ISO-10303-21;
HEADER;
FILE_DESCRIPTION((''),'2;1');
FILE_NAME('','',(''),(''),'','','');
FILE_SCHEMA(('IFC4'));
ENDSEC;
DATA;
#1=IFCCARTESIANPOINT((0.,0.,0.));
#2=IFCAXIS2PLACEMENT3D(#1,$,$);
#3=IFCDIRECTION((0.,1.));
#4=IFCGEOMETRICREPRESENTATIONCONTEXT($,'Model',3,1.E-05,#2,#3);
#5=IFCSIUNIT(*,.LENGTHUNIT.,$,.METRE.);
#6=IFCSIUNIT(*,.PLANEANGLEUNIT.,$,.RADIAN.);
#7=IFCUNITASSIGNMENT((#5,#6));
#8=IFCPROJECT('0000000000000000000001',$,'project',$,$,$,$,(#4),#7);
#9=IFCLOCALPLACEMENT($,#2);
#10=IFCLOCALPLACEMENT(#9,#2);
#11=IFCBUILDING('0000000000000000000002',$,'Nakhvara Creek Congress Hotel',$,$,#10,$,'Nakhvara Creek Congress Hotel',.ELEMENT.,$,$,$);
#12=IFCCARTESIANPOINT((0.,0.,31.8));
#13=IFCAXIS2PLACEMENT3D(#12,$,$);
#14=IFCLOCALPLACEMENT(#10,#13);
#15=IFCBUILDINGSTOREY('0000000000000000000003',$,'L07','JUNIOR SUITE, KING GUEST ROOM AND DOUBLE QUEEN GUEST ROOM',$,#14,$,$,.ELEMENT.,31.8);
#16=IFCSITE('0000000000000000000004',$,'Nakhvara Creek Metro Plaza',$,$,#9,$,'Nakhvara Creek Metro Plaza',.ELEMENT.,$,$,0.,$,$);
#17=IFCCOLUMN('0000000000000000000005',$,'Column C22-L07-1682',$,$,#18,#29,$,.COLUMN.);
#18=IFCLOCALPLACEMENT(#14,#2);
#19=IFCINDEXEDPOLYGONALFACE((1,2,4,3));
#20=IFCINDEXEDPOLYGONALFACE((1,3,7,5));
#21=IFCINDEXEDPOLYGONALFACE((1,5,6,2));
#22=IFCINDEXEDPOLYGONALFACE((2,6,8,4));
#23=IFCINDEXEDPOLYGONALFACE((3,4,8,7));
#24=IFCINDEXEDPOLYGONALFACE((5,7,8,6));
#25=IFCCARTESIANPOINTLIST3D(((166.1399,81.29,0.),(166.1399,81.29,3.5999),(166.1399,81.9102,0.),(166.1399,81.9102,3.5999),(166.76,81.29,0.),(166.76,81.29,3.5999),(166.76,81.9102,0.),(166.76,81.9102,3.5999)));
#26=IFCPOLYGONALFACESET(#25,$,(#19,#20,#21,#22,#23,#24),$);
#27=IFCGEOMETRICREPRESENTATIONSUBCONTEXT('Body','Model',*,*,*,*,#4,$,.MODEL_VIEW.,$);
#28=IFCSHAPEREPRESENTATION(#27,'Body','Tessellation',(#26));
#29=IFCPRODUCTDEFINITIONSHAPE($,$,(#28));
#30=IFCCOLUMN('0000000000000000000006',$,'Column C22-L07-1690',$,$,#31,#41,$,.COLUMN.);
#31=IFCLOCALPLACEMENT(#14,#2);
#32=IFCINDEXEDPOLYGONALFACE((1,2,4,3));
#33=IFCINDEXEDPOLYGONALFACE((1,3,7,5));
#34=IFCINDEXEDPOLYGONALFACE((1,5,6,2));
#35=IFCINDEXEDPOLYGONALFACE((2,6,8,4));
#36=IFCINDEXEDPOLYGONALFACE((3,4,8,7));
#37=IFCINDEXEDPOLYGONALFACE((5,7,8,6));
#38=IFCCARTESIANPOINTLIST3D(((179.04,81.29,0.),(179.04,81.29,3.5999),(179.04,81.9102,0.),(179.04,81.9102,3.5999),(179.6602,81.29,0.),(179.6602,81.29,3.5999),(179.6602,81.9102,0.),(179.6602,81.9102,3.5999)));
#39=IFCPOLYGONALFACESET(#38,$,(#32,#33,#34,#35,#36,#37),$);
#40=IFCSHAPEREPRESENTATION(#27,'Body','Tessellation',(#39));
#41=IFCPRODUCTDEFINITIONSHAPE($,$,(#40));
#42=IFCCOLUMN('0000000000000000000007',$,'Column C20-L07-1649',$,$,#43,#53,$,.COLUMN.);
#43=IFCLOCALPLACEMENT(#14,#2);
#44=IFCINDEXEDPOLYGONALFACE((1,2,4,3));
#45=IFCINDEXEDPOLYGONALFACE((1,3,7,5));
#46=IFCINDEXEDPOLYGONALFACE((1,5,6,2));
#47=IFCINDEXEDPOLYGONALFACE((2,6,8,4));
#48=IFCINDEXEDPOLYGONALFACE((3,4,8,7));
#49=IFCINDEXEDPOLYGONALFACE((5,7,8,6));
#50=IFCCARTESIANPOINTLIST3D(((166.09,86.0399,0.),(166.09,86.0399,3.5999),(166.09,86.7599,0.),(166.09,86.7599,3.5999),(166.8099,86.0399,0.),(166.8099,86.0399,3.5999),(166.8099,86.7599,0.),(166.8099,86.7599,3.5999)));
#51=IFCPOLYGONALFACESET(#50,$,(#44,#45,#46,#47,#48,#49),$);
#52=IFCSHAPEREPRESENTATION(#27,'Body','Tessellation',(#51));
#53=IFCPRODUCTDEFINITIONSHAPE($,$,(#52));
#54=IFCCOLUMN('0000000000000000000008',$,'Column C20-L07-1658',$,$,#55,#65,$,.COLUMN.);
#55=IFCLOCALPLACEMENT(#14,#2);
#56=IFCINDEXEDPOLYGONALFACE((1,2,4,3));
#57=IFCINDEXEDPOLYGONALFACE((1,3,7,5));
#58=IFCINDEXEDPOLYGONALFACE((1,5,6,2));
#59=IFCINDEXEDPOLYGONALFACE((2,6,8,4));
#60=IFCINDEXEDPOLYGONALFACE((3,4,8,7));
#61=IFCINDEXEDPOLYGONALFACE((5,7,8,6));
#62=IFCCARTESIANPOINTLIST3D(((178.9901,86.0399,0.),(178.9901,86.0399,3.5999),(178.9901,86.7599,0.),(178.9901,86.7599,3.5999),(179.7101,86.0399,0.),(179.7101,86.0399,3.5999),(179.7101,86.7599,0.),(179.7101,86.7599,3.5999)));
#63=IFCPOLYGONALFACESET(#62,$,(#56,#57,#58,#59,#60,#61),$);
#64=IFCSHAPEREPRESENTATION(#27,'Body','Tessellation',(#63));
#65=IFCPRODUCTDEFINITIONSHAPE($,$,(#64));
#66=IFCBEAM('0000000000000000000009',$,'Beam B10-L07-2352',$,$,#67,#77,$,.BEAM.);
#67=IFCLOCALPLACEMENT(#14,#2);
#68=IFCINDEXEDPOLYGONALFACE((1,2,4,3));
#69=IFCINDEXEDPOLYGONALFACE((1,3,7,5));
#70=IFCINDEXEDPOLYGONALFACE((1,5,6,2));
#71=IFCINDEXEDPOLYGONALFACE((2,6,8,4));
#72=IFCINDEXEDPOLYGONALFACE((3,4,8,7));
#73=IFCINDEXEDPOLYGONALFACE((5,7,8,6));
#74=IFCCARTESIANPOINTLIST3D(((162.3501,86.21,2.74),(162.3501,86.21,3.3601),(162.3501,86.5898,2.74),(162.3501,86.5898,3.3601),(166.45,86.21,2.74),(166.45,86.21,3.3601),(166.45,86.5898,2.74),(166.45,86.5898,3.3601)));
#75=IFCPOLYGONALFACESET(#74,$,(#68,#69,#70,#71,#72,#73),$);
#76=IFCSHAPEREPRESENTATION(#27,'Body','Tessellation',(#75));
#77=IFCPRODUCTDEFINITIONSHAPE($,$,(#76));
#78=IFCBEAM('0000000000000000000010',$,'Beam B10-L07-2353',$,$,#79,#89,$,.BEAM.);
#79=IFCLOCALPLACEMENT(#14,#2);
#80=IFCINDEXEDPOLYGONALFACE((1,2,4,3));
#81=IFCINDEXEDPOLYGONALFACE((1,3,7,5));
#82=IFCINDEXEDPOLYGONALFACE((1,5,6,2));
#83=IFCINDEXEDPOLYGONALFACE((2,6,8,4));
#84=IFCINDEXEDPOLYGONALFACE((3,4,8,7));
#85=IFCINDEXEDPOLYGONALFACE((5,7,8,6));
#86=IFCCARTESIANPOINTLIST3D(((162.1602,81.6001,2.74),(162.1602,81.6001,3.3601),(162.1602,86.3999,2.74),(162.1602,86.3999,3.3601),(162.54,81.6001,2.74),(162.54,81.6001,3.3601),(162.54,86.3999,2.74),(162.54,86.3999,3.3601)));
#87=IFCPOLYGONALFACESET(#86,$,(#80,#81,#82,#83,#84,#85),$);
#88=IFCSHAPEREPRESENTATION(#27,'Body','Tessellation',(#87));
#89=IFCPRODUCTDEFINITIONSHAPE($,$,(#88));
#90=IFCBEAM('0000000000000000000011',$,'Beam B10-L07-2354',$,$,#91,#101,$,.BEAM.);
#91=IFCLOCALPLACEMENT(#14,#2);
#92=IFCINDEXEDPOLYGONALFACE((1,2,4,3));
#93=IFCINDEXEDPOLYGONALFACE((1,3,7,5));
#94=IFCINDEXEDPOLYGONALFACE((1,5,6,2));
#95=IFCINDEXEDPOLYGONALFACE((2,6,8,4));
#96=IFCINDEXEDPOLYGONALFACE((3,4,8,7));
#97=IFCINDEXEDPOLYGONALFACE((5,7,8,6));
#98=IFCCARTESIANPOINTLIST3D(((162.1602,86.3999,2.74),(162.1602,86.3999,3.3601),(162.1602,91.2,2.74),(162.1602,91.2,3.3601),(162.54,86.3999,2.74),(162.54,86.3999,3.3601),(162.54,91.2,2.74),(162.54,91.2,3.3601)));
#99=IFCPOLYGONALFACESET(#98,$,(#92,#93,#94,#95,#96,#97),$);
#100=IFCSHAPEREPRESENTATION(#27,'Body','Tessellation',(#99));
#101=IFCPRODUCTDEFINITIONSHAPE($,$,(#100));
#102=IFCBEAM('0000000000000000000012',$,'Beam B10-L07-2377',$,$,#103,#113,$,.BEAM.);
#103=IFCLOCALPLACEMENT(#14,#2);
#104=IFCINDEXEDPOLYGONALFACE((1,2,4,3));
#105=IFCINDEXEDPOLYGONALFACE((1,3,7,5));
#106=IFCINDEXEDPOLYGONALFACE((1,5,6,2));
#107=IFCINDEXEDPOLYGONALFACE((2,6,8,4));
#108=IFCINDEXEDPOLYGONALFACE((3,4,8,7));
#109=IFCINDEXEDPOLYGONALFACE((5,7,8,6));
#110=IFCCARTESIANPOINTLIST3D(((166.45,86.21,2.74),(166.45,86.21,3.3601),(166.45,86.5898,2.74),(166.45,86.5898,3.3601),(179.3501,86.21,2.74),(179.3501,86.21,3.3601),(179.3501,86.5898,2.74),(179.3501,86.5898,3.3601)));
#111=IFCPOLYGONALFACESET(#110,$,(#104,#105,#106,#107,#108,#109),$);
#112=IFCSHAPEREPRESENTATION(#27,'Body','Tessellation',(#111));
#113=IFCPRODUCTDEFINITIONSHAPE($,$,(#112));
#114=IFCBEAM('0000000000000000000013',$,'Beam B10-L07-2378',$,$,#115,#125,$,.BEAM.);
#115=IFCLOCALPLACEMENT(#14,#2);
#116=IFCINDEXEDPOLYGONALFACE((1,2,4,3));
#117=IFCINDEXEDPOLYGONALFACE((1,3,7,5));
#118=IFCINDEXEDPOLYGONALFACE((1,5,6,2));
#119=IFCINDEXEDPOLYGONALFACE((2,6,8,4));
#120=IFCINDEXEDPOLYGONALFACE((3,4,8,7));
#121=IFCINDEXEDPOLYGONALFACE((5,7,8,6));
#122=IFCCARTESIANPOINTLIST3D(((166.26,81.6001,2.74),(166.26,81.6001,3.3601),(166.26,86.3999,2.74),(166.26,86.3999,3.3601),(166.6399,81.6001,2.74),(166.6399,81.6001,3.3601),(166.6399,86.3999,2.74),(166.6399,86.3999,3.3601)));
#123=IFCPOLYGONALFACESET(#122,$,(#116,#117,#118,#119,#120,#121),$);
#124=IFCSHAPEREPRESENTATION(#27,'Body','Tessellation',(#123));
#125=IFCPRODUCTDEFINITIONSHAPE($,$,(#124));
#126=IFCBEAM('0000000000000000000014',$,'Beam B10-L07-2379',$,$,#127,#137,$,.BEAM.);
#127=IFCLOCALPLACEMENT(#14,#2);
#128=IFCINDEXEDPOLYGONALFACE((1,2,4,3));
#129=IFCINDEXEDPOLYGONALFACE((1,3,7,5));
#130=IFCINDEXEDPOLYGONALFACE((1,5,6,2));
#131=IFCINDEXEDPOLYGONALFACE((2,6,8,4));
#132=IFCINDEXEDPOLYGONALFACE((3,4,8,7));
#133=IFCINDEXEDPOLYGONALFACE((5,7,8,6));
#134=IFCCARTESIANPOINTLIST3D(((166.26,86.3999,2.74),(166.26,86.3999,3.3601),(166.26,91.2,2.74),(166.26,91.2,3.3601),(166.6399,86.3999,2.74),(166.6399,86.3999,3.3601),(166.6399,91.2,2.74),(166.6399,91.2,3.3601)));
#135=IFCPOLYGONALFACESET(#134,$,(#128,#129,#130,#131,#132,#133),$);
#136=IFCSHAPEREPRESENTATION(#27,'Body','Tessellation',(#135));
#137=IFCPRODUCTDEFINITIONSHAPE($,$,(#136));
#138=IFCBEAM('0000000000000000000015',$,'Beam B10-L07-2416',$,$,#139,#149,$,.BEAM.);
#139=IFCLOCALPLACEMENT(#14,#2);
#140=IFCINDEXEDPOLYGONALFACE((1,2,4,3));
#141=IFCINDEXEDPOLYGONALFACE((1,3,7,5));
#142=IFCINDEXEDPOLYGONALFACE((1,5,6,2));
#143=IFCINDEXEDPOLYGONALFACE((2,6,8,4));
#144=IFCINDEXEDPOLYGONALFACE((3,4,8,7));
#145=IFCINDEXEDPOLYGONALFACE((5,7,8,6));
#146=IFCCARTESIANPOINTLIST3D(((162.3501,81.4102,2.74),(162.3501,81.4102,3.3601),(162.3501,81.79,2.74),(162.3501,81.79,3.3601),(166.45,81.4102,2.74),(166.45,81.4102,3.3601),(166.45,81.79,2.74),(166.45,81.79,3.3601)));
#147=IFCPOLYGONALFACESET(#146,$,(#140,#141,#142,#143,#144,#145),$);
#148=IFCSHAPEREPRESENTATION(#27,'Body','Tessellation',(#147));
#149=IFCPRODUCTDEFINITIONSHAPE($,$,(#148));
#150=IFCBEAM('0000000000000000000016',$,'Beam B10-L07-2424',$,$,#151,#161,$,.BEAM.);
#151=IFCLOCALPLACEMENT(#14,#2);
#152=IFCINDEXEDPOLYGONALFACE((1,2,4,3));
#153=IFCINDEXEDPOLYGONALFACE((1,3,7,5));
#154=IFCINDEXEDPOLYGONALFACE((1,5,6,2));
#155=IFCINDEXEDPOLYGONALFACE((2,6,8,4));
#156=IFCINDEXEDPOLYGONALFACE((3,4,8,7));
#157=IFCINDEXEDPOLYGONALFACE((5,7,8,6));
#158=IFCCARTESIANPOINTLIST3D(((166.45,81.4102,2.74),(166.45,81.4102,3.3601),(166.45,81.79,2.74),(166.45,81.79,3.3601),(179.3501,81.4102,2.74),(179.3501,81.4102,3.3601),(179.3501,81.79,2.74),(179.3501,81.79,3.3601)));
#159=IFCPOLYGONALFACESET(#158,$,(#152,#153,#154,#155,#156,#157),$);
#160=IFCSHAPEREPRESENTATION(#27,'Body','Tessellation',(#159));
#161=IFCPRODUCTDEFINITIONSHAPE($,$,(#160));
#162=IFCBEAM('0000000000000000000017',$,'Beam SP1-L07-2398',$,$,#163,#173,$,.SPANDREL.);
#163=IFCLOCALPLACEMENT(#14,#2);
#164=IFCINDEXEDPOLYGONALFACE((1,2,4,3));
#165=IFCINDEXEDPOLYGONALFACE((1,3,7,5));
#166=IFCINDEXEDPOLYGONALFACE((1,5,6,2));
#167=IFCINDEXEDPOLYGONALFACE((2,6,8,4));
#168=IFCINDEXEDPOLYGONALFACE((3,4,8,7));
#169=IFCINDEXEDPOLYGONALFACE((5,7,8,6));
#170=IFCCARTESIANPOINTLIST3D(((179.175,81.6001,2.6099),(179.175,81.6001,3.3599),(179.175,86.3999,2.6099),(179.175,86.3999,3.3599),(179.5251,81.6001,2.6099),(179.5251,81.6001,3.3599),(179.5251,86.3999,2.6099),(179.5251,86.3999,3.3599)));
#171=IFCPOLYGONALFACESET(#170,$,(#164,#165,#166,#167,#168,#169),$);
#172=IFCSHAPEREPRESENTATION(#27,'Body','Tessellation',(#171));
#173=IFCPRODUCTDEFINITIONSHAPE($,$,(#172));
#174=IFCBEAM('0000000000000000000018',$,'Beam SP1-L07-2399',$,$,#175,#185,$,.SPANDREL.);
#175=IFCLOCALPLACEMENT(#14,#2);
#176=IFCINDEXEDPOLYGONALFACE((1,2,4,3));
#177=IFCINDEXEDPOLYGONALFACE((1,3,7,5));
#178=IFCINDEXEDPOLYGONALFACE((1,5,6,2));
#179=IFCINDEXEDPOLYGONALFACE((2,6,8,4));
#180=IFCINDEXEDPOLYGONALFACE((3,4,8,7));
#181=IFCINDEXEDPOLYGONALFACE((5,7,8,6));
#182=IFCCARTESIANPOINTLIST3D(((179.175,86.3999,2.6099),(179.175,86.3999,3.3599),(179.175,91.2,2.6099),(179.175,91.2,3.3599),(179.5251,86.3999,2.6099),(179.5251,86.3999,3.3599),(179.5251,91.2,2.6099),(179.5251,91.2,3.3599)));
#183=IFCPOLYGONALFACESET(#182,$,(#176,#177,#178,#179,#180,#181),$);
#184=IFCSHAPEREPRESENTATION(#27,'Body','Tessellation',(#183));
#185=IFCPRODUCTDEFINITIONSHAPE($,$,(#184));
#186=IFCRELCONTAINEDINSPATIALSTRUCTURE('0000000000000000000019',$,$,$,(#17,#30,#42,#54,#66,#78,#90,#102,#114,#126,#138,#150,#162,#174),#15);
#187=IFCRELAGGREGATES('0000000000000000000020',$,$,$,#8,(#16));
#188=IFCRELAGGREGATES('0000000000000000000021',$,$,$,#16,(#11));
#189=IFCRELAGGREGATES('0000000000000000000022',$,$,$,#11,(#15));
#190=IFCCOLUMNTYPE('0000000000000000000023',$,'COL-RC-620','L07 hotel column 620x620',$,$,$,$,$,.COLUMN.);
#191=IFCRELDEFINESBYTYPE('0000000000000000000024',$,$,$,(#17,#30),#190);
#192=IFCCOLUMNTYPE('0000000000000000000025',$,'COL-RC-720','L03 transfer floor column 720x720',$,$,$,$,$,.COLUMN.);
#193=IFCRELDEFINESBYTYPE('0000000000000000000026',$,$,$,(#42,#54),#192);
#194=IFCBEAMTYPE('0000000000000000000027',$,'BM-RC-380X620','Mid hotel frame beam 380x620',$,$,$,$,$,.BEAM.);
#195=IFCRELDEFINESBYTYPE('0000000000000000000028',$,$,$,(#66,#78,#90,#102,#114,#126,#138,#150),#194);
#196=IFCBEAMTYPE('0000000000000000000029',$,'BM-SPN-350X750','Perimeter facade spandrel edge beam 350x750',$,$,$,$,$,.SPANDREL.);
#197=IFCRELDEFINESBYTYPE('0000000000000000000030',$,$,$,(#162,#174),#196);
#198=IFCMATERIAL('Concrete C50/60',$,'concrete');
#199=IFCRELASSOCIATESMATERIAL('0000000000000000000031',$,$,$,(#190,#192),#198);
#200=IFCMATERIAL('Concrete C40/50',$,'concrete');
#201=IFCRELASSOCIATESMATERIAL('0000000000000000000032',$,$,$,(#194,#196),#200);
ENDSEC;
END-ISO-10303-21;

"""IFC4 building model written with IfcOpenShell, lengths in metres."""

from ifc_helpers import new_model, si_unit, direction, frame, origin, origin_2d, place, context, subcontext, project, spatial, rectangle, extrude, material, material_profile, profile_set, type_object, element, save


model = new_model("IFC4")

# Units and contexts
model_context = context("Model", 3, precision=1e-05, world=origin(), true_north=direction((0.0, 1.0)))
body_context = subcontext(model_context, "Body", "Model", "MODEL_VIEW")
ifc_project = project(units=[si_unit("LENGTHUNIT", "METRE"), si_unit("PLANEANGLEUNIT", "RADIAN")], contexts=[model_context])

# Site, building, storey
site_placement = place(None, origin())
site = spatial("IfcSite", under=ifc_project, at=site_placement, Name="Nakhvara Creek Metro Plaza", LongName="Nakhvara Creek Metro Plaza", CompositionType="ELEMENT", RefElevation=0.0)
building_placement = place(site_placement, origin())
building = spatial("IfcBuilding", under=site, at=building_placement, Name="Nakhvara Creek Congress Hotel", LongName="Nakhvara Creek Congress Hotel", CompositionType="ELEMENT")
storey_placement = place(building_placement, frame((0.0, 0.0, 31.8)))
storey = spatial("IfcBuildingStorey", under=building, at=storey_placement, Name="L07", Description="JUNIOR SUITE, KING GUEST ROOM AND DOUBLE QUEEN GUEST ROOM", CompositionType="ELEMENT", Elevation=31.8)

# Columns
ifc_material_1 = material(Name="Concrete C50/60", Category="concrete")
ifc_material_profile_1 = material_profile(ifc_material_1, rectangle(XDim=0.6201, YDim=0.6201, at=origin_2d()), Name="RC-COL 620x620", Category="LoadBearing")
ifc_profile_set_1 = profile_set([ifc_material_profile_1], Name="Concrete C50/60")
column_type_1 = type_object("IfcColumnType", Name="COL-RC-620", Description="L07 hotel column 620x620", PredefinedType="COLUMN", material=ifc_profile_set_1)
for number, where, z_axis, x_axis, name in (
    (1, (166.45, 81.6001, 0.0), (0.0, 0.0, 1.0), (1.0, 0.0, 0.0), "Column C22-L07-1682"),
    (2, (179.3501, 81.6001, 0.0), (0.0, 0.0, 1.0), (1.0, 0.0, 0.0), "Column C22-L07-1690"),
):
    element("IfcColumn", number, at=place(storey_placement, frame(where, z_axis=z_axis, x_axis=x_axis)), inside=storey, type_object=column_type_1, Name=name, PredefinedType="COLUMN", context=body_context, shape_type="SweptSolid", body=[
        extrude(rectangle(XDim=0.6201, YDim=0.6201, at=origin_2d()), origin(), (0.0, 0.0, 1.0), 3.5999),
    ])
ifc_material_profile_2 = material_profile(ifc_material_1, rectangle(XDim=0.72, YDim=0.72, at=origin_2d()), Name="RC-COL 720x720", Category="LoadBearing")
ifc_profile_set_2 = profile_set([ifc_material_profile_2], Name="Concrete C50/60")
column_type_2 = type_object("IfcColumnType", Name="COL-RC-720", Description="L03 transfer floor column 720x720", PredefinedType="COLUMN", material=ifc_profile_set_2)
for number, where, z_axis, x_axis, name in (
    (3, (166.45, 86.3999, 0.0), (0.0, 0.0, 1.0), (1.0, 0.0, 0.0), "Column C20-L07-1649"),
    (4, (179.3501, 86.3999, 0.0), (0.0, 0.0, 1.0), (1.0, 0.0, 0.0), "Column C20-L07-1658"),
):
    element("IfcColumn", number, at=place(storey_placement, frame(where, z_axis=z_axis, x_axis=x_axis)), inside=storey, type_object=column_type_2, Name=name, PredefinedType="COLUMN", context=body_context, shape_type="SweptSolid", body=[
        extrude(rectangle(XDim=0.72, YDim=0.72, at=origin_2d()), origin(), (0.0, 0.0, 1.0), 3.5999),
    ])

# Beams
ifc_material_2 = material(Name="Concrete C40/50", Category="concrete")
ifc_material_profile_3 = material_profile(ifc_material_2, rectangle(XDim=0.3799, YDim=0.6201, at=origin_2d()), Name="RC-BM 380x620", Category="LoadBearing")
ifc_profile_set_3 = profile_set([ifc_material_profile_3], Name="Concrete C40/50")
beam_type_1 = type_object("IfcBeamType", Name="BM-RC-380X620", Description="Mid hotel frame beam 380x620", PredefinedType="BEAM", material=ifc_profile_set_3)
beam_1_placement = place(storey_placement, frame((162.3501, 86.3999, 3.05), z_axis=(1.0, 0.0, 0.0), x_axis=(0.0, 1.0, 0.0)))
element("IfcBeam", 5, at=beam_1_placement, inside=storey, type_object=beam_type_1, Name="Beam B10-L07-2352", PredefinedType="BEAM", context=body_context, shape_type="SweptSolid", body=[
    extrude(rectangle(XDim=0.3799, YDim=0.6201, at=origin_2d()), origin(), (0.0, 0.0, 1.0), 4.0999),
])
beam_2_placement = place(storey_placement, frame((162.3501, 81.6001, 3.05), z_axis=(0.0, 1.0, 0.0), x_axis=(-1.0, 0.0, 0.0)))
element("IfcBeam", 6, at=beam_2_placement, inside=storey, type_object=beam_type_1, Name="Beam B10-L07-2353", PredefinedType="BEAM", context=body_context, shape_type="SweptSolid", body=[
    extrude(rectangle(XDim=0.3799, YDim=0.6201, at=origin_2d()), origin(), (0.0, 0.0, 1.0), 4.7998),
])
beam_3_placement = place(storey_placement, frame((162.3501, 86.3999, 3.05), z_axis=(0.0, 1.0, 0.0), x_axis=(-1.0, 0.0, 0.0)))
element("IfcBeam", 7, at=beam_3_placement, inside=storey, type_object=beam_type_1, Name="Beam B10-L07-2354", PredefinedType="BEAM", context=body_context, shape_type="SweptSolid", body=[
    extrude(rectangle(XDim=0.3799, YDim=0.6201, at=origin_2d()), origin(), (0.0, 0.0, 1.0), 4.8),
])
beam_4_placement = place(storey_placement, frame((166.45, 86.3999, 3.05), z_axis=(1.0, 0.0, 0.0), x_axis=(0.0, 1.0, 0.0)))
element("IfcBeam", 8, at=beam_4_placement, inside=storey, type_object=beam_type_1, Name="Beam B10-L07-2377", PredefinedType="BEAM", context=body_context, shape_type="SweptSolid", body=[
    extrude(rectangle(XDim=0.3799, YDim=0.6201, at=origin_2d()), origin(), (0.0, 0.0, 1.0), 12.9001),
])
beam_5_placement = place(storey_placement, frame((166.45, 81.6001, 3.05), z_axis=(0.0, 1.0, 0.0), x_axis=(-1.0, 0.0, 0.0)))
element("IfcBeam", 9, at=beam_5_placement, inside=storey, type_object=beam_type_1, Name="Beam B10-L07-2378", PredefinedType="BEAM", context=body_context, shape_type="SweptSolid", body=[
    extrude(rectangle(XDim=0.3799, YDim=0.6201, at=origin_2d()), origin(), (0.0, 0.0, 1.0), 4.7998),
])
beam_6_placement = place(storey_placement, frame((166.45, 86.3999, 3.05), z_axis=(0.0, 1.0, 0.0), x_axis=(-1.0, 0.0, 0.0)))
element("IfcBeam", 10, at=beam_6_placement, inside=storey, type_object=beam_type_1, Name="Beam B10-L07-2379", PredefinedType="BEAM", context=body_context, shape_type="SweptSolid", body=[
    extrude(rectangle(XDim=0.3799, YDim=0.6201, at=origin_2d()), origin(), (0.0, 0.0, 1.0), 4.8),
])
beam_7_placement = place(storey_placement, frame((162.3501, 81.6001, 3.05), z_axis=(1.0, 0.0, 0.0), x_axis=(0.0, 1.0, 0.0)))
element("IfcBeam", 11, at=beam_7_placement, inside=storey, type_object=beam_type_1, Name="Beam B10-L07-2416", PredefinedType="BEAM", context=body_context, shape_type="SweptSolid", body=[
    extrude(rectangle(XDim=0.3799, YDim=0.6201, at=origin_2d()), origin(), (0.0, 0.0, 1.0), 4.0999),
])
beam_8_placement = place(storey_placement, frame((166.45, 81.6001, 3.05), z_axis=(1.0, 0.0, 0.0), x_axis=(0.0, 1.0, 0.0)))
element("IfcBeam", 12, at=beam_8_placement, inside=storey, type_object=beam_type_1, Name="Beam B10-L07-2424", PredefinedType="BEAM", context=body_context, shape_type="SweptSolid", body=[
    extrude(rectangle(XDim=0.3799, YDim=0.6201, at=origin_2d()), origin(), (0.0, 0.0, 1.0), 12.9001),
])
ifc_material_profile_4 = material_profile(ifc_material_2, rectangle(XDim=0.3501, YDim=0.75, at=origin_2d()), Name="RC-SPANDREL 350x750", Category="LoadBearing")
ifc_profile_set_4 = profile_set([ifc_material_profile_4], Name="Concrete C40/50")
beam_type_2 = type_object("IfcBeamType", Name="BM-SPN-350X750", Description="Perimeter facade spandrel edge beam 350x750", PredefinedType="SPANDREL", material=ifc_profile_set_4)
beam_9_placement = place(storey_placement, frame((179.3501, 81.6001, 2.9849), z_axis=(0.0, 1.0, 0.0), x_axis=(-1.0, 0.0, 0.0)))
element("IfcBeam", 13, at=beam_9_placement, inside=storey, type_object=beam_type_2, Name="Beam SP1-L07-2398", PredefinedType="SPANDREL", context=body_context, shape_type="SweptSolid", body=[
    extrude(rectangle(XDim=0.3501, YDim=0.75, at=origin_2d()), origin(), (0.0, 0.0, 1.0), 4.7998),
])
beam_10_placement = place(storey_placement, frame((179.3501, 86.3999, 2.9849), z_axis=(0.0, 1.0, 0.0), x_axis=(-1.0, 0.0, 0.0)))
element("IfcBeam", 14, at=beam_10_placement, inside=storey, type_object=beam_type_2, Name="Beam SP1-L07-2399", PredefinedType="SPANDREL", context=body_context, shape_type="SweptSolid", body=[
    extrude(rectangle(XDim=0.3501, YDim=0.75, at=origin_2d()), origin(), (0.0, 0.0, 1.0), 4.8),
])

save(model, "model.ifc")
